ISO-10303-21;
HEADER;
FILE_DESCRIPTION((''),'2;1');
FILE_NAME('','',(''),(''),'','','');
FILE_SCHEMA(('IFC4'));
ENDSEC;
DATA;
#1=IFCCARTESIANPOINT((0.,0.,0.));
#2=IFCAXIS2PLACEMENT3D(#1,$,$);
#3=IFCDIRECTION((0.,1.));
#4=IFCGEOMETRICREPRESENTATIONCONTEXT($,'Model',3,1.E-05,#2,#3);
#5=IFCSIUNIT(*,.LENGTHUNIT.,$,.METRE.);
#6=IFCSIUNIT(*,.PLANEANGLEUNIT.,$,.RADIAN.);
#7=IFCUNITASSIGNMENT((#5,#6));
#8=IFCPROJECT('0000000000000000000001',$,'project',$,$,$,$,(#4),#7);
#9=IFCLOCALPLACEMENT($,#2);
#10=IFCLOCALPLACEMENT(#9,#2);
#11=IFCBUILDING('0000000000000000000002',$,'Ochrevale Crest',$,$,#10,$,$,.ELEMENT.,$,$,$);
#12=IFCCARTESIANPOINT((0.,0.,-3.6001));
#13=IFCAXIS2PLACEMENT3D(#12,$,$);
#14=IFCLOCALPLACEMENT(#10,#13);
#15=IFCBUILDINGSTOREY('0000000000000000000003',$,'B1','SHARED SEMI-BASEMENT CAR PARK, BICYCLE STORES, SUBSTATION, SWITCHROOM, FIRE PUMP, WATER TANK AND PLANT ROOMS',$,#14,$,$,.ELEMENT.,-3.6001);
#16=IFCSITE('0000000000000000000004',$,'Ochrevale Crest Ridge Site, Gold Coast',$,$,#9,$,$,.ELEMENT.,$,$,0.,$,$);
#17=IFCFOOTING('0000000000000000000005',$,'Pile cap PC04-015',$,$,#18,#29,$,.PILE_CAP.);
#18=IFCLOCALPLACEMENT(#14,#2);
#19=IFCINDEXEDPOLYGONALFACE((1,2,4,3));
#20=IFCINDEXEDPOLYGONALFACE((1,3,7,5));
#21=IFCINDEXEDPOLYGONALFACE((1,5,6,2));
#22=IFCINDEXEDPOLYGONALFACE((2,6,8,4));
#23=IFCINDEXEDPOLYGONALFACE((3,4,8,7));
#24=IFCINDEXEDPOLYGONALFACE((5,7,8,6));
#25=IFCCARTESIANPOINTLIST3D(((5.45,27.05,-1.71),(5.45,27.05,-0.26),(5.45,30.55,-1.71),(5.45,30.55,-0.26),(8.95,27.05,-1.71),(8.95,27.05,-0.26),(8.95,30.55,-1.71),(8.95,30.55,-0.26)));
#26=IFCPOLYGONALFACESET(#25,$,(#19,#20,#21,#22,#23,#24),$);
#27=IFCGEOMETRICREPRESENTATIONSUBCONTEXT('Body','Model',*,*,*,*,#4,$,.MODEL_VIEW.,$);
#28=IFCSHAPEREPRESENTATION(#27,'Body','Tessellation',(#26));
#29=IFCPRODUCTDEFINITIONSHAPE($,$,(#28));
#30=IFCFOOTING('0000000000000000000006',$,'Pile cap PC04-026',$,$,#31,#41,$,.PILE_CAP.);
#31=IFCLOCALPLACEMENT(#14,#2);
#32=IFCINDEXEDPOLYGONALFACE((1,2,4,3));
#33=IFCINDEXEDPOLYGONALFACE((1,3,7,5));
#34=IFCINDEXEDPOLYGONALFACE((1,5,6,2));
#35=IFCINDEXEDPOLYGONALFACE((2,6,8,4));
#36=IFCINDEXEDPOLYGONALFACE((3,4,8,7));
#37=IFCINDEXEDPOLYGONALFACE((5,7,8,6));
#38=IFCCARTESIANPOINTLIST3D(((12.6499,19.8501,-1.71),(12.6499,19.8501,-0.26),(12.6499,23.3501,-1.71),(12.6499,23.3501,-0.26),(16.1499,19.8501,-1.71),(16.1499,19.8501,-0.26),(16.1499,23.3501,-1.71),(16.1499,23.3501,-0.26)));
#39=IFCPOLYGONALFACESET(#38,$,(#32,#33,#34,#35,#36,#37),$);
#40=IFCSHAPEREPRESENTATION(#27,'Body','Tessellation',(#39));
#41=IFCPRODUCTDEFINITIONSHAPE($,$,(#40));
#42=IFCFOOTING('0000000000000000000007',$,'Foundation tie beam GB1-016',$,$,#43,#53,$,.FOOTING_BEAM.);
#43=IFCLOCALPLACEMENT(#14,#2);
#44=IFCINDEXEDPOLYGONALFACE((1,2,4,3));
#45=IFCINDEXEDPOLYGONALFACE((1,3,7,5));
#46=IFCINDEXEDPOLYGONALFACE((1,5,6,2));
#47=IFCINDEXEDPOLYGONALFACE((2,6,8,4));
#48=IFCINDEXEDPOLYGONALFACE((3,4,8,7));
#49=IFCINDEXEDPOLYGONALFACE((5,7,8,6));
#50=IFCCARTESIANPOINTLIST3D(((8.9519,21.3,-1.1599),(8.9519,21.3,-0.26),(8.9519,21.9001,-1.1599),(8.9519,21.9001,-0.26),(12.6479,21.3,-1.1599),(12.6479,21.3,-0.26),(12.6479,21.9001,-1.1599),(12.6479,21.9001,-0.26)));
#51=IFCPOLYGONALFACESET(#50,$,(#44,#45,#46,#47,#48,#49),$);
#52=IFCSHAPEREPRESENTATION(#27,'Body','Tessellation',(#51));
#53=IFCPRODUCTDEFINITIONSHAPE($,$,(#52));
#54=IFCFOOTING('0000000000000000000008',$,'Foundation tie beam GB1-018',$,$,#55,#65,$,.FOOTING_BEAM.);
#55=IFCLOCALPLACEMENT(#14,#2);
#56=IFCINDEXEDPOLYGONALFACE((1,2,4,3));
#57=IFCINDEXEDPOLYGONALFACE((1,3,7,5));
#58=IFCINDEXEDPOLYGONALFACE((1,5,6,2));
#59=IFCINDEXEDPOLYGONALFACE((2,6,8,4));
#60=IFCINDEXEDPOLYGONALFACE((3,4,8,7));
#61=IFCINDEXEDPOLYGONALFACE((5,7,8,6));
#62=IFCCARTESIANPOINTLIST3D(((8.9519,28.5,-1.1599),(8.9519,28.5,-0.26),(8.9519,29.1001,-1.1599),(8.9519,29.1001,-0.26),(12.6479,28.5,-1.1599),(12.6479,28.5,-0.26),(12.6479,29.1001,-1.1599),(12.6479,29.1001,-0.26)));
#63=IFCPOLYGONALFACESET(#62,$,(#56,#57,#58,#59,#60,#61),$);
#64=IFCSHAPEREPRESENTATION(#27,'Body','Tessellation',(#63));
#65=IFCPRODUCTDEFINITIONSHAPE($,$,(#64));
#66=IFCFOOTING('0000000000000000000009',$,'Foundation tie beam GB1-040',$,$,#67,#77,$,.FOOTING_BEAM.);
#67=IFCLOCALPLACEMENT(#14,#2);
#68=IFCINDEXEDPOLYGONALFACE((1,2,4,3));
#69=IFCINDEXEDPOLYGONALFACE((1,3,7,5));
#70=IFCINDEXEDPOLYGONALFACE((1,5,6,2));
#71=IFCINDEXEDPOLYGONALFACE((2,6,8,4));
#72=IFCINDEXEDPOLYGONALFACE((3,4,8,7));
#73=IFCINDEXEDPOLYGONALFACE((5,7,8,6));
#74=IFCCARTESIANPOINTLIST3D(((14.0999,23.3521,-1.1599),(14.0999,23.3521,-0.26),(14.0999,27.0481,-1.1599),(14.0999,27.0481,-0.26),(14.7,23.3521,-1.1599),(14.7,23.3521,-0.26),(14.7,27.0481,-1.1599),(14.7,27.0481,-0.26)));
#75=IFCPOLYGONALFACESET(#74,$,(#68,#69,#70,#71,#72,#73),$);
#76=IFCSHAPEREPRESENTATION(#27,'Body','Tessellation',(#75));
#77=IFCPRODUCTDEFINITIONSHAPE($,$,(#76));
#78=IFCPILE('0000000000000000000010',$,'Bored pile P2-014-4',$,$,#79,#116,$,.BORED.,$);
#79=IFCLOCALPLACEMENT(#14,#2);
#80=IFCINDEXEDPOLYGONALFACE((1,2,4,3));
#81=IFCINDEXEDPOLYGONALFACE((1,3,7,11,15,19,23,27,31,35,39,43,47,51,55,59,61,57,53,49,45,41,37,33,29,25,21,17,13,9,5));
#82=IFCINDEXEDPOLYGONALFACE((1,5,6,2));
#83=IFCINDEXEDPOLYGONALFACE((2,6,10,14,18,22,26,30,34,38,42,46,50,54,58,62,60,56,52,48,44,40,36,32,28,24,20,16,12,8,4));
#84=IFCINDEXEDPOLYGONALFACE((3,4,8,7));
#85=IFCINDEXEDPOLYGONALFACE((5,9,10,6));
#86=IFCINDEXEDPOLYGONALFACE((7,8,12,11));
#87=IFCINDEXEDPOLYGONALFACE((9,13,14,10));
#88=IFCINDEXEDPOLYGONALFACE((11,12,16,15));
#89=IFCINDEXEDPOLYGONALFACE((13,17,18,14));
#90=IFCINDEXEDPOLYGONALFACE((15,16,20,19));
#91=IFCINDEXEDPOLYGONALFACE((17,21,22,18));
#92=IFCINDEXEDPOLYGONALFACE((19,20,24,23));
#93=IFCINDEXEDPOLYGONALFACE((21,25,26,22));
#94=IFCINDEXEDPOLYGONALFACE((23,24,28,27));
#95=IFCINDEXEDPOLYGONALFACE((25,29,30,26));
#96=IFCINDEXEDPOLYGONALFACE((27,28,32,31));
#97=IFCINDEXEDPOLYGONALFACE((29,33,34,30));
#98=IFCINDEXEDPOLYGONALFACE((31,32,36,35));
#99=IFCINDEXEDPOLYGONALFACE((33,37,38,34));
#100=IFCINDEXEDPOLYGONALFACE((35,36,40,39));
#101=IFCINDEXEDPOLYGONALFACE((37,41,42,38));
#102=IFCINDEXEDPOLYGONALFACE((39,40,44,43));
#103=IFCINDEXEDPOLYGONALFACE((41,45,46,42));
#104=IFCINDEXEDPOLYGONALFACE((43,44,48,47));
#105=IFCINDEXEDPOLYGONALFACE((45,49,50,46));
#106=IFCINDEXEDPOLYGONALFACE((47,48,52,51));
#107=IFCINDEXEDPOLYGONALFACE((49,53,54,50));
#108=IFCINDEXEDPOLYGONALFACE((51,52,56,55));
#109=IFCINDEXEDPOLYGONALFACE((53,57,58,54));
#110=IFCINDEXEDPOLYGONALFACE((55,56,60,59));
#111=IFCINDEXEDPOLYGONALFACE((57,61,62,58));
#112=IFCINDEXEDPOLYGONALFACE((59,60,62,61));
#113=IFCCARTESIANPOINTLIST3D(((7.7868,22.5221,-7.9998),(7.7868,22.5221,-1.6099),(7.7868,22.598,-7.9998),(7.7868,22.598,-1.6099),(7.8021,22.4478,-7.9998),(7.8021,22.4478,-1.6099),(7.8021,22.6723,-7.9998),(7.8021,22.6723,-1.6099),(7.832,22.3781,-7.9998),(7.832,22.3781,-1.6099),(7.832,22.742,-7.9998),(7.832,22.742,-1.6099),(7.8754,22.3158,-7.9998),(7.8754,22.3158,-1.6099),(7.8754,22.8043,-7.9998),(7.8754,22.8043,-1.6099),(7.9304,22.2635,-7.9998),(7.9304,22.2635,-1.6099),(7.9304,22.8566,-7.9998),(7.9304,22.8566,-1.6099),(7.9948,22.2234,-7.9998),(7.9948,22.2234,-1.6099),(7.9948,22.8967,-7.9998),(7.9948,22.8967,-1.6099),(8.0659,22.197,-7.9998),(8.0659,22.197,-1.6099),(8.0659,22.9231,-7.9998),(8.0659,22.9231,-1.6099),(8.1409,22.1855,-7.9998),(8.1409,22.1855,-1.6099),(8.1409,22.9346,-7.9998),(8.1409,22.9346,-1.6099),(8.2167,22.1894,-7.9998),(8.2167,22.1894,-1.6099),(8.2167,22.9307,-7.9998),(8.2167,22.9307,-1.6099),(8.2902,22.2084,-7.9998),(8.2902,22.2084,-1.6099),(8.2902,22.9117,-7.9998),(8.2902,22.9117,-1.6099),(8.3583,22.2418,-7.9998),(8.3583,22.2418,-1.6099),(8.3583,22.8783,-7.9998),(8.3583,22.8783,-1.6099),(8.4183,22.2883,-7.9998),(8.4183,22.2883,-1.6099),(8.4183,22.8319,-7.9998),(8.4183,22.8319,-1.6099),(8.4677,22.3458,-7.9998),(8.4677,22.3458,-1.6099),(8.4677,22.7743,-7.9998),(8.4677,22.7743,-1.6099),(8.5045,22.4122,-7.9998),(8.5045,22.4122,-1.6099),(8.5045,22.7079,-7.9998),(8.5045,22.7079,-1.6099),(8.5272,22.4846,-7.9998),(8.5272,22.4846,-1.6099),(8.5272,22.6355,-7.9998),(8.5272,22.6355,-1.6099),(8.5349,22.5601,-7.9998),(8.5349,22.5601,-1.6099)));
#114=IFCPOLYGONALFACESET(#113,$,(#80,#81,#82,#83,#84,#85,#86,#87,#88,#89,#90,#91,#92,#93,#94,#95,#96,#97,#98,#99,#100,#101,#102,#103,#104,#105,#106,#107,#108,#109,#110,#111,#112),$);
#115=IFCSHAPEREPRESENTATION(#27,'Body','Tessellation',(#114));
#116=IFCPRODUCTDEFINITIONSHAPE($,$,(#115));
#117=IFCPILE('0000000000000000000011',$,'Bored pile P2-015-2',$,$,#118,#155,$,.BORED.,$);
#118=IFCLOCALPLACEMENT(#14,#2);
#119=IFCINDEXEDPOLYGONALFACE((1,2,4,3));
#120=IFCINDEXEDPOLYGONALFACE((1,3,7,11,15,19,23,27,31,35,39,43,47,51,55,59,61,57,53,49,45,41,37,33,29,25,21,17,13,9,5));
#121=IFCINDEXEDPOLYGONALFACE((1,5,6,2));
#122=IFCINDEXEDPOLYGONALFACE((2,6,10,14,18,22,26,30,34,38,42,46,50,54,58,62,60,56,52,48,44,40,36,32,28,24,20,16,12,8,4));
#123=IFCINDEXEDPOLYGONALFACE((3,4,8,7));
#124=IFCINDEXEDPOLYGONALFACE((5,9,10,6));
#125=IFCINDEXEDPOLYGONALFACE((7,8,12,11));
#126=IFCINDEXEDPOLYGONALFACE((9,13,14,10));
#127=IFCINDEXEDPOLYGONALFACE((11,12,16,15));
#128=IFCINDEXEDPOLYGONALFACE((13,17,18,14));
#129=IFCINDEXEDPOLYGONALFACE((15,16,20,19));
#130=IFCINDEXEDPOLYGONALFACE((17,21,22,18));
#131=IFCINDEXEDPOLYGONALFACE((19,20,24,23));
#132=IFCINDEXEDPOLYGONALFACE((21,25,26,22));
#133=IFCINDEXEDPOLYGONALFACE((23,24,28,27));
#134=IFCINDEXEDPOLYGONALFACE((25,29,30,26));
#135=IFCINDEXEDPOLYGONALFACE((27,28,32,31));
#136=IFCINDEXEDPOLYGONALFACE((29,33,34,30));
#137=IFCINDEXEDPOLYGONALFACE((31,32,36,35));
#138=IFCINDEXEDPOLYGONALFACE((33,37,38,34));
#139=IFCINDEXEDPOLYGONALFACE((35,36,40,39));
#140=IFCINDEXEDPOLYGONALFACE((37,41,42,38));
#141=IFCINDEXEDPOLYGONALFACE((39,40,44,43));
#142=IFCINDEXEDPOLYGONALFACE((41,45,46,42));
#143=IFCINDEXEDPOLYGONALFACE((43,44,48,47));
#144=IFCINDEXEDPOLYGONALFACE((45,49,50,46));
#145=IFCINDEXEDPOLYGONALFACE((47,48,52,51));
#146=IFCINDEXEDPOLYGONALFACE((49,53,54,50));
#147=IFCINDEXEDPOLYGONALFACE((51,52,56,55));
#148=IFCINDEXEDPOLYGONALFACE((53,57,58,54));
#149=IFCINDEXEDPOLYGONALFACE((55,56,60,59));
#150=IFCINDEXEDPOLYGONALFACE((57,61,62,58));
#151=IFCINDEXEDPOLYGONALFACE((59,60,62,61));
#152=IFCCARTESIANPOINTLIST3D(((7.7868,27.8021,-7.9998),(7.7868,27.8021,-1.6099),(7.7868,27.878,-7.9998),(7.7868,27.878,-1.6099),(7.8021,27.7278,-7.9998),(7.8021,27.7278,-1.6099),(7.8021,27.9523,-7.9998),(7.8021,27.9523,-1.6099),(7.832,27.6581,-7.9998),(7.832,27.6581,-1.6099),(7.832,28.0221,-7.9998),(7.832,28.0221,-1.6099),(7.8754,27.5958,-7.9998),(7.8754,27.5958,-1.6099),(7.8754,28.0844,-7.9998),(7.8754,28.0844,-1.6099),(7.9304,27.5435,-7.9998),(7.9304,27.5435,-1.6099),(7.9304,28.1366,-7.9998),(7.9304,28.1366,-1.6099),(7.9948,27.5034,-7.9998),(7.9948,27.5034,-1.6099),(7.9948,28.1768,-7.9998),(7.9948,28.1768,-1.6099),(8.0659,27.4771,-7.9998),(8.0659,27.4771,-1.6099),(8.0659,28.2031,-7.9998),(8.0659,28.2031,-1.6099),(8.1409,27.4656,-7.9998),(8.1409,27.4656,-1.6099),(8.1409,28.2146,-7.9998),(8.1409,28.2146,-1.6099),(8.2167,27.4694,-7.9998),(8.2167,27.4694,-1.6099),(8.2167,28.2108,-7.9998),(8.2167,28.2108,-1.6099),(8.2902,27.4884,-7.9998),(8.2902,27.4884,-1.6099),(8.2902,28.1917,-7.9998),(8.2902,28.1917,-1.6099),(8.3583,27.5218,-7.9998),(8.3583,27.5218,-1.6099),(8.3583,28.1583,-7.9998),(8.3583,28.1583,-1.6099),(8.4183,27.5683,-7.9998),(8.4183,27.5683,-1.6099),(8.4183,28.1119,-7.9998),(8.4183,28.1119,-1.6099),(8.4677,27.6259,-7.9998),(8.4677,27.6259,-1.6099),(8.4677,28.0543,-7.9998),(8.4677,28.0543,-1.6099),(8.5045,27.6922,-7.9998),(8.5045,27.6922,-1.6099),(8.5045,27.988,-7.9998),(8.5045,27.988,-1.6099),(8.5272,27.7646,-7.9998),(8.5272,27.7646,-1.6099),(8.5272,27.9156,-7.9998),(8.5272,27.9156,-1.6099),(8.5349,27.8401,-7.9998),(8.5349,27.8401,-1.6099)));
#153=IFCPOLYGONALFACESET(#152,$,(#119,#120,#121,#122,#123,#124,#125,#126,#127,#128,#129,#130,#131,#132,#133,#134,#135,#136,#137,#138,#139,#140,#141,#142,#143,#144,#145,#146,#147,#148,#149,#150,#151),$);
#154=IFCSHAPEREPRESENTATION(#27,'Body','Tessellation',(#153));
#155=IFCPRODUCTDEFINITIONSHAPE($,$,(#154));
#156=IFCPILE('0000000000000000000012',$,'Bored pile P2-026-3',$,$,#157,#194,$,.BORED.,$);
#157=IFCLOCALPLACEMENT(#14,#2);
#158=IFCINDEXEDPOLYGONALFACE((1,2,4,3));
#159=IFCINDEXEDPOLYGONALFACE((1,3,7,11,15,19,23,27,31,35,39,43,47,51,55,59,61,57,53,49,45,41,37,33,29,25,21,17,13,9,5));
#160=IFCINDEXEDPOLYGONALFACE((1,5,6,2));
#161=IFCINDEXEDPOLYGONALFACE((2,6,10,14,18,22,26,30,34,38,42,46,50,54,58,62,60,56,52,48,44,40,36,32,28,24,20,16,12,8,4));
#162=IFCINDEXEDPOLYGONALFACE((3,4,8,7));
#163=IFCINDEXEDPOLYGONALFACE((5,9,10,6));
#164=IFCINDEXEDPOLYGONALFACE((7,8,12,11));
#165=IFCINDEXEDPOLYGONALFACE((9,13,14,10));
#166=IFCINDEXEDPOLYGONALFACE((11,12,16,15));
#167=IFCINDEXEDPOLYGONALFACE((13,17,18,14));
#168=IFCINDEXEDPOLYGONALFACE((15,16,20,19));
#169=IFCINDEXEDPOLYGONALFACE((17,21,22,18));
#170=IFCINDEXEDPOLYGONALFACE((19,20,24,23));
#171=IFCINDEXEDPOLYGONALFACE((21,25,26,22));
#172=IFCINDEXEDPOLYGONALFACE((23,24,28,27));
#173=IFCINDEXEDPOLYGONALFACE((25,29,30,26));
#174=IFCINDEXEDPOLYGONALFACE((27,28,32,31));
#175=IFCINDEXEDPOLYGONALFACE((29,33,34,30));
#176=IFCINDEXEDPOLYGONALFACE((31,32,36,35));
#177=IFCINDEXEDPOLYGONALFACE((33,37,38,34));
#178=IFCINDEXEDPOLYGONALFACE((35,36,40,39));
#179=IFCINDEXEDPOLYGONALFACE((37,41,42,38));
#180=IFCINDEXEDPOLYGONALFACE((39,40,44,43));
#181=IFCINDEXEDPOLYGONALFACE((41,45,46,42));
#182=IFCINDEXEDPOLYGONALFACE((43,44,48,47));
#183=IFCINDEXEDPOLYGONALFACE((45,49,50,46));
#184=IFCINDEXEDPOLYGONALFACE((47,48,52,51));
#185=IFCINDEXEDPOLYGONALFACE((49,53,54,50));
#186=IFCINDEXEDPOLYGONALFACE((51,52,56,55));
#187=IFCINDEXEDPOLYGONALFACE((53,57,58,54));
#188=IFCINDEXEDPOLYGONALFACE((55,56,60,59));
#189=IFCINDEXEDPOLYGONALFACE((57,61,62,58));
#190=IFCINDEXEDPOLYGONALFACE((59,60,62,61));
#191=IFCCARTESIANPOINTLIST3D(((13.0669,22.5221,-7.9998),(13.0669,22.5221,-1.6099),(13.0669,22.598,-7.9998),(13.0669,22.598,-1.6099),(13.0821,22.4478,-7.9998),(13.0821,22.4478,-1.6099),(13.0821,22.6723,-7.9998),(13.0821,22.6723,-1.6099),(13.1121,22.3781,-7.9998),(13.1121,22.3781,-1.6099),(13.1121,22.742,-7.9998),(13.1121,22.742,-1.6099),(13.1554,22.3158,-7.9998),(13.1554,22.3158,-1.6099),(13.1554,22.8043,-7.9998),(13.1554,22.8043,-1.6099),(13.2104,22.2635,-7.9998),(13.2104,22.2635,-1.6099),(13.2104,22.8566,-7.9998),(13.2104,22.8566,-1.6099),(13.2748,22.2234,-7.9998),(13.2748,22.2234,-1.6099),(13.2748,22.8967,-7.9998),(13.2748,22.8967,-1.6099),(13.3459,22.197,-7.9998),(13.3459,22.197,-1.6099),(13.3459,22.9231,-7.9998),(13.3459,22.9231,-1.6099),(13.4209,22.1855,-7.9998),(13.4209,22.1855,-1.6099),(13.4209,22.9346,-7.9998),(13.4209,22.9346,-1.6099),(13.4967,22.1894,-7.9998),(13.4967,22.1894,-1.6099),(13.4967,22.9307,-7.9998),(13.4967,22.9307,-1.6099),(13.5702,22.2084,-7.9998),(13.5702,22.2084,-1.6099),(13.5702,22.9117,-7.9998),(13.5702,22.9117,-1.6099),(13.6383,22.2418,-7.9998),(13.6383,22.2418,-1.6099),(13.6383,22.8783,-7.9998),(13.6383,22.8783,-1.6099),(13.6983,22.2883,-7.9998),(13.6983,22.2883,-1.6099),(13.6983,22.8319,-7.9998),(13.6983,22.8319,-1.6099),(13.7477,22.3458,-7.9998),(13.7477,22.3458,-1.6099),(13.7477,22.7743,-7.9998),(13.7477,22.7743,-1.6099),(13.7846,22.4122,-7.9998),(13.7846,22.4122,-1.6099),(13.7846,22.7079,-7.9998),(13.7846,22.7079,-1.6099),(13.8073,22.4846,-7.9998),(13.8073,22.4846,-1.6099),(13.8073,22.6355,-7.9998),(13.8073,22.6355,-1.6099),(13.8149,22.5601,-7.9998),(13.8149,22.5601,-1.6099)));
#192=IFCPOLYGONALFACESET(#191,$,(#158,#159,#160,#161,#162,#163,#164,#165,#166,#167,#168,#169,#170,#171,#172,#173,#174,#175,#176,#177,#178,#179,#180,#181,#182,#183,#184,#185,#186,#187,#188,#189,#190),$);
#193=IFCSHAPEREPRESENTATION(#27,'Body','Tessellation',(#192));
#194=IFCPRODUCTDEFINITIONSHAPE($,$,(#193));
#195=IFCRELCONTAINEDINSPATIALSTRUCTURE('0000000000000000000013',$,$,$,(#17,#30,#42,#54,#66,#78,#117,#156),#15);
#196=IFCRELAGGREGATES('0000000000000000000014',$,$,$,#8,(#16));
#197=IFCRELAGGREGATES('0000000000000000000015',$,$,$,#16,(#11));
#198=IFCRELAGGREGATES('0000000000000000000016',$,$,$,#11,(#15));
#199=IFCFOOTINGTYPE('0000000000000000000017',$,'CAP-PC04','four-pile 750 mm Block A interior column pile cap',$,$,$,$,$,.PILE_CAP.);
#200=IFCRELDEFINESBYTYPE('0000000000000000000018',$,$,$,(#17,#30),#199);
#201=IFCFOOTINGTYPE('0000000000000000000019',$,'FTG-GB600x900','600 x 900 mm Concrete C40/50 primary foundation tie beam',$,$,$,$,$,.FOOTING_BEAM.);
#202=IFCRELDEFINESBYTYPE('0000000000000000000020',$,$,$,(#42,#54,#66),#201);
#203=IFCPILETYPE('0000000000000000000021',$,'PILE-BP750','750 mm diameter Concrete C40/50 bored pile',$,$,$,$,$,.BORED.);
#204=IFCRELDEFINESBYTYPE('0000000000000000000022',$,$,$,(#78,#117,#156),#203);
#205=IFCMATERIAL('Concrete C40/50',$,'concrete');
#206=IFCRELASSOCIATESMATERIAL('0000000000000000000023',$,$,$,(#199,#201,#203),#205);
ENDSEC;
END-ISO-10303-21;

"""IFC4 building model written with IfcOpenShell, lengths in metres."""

from ifc_helpers import new_model, si_unit, direction, frame, origin, origin_2d, place, context, subcontext, project, spatial, rectangle, circle, extrude, material, material_profile, profile_set, type_object, element, save


model = new_model("IFC4")

# Units and contexts
model_context = context("Model", 3, precision=1e-05, world=origin(), true_north=direction((0.0, 1.0)))
body_context = subcontext(model_context, "Body", "Model", "MODEL_VIEW")
ifc_project = project(units=[si_unit("LENGTHUNIT", "METRE"), si_unit("PLANEANGLEUNIT", "RADIAN")], contexts=[model_context])

# Site, building, storey
site_placement = place(None, origin())
site = spatial("IfcSite", under=ifc_project, at=site_placement, Name="Ochrevale Crest Ridge Site, Gold Coast", CompositionType="ELEMENT", RefElevation=0.0)
building_placement = place(site_placement, origin())
building = spatial("IfcBuilding", under=site, at=building_placement, Name="Ochrevale Crest", CompositionType="ELEMENT")
storey_placement = place(building_placement, frame((0.0, 0.0, -3.6001)))
storey = spatial("IfcBuildingStorey", under=building, at=storey_placement, Name="B1", Description="SHARED SEMI-BASEMENT CAR PARK, BICYCLE STORES, SUBSTATION, SWITCHROOM, FIRE PUMP, WATER TANK AND PLANT ROOMS", CompositionType="ELEMENT", Elevation=-3.6001)

# Footings
ifc_material_1 = material(Name="Concrete C40/50", Category="concrete")
footing_type_1 = type_object("IfcFootingType", Name="CAP-PC04", Description="four-pile 750 mm Block A interior column pile cap", PredefinedType="PILE_CAP", material=ifc_material_1)
for number, where, z_axis, x_axis, name in (
    (1, (7.2, 28.8, -1.71), (0.0, 0.0, 1.0), (1.0, 0.0, 0.0), "Pile cap PC04-015"),
    (2, (14.3999, 21.6001, -1.71), (0.0, 0.0, 1.0), (1.0, 0.0, 0.0), "Pile cap PC04-026"),
):
    element("IfcFooting", number, at=place(storey_placement, frame(where, z_axis=z_axis, x_axis=x_axis)), inside=storey, type_object=footing_type_1, Name=name, PredefinedType="PILE_CAP", context=body_context, shape_type="SweptSolid", body=[
        extrude(rectangle(XDim=3.5, YDim=3.5, at=origin_2d()), origin(), (0.0, 0.0, 1.0), 1.45),
    ])
ifc_material_profile_1 = material_profile(ifc_material_1, rectangle(XDim=0.6001, YDim=0.8999, at=origin_2d()), Name="GB 600x900")
ifc_profile_set_1 = profile_set([ifc_material_profile_1], Name="Concrete C40/50")
footing_type_2 = type_object("IfcFootingType", Name="FTG-GB600x900", Description="600 x 900 mm Concrete C40/50 primary foundation tie beam", PredefinedType="FOOTING_BEAM", material=ifc_profile_set_1)
for number, where, z_axis, x_axis, name in (
    (3, (8.9519, 21.6001, -0.71), (1.0, 0.0, 0.0), (0.0, 1.0, 0.0), "Foundation tie beam GB1-016"),
    (4, (8.9519, 28.8, -0.71), (1.0, 0.0, 0.0), (0.0, 1.0, 0.0), "Foundation tie beam GB1-018"),
    (5, (14.3999, 23.3521, -0.71), (0.0, 1.0, 0.0), (-1.0, 0.0, 0.0), "Foundation tie beam GB1-040"),
):
    element("IfcFooting", number, at=place(storey_placement, frame(where, z_axis=z_axis, x_axis=x_axis)), inside=storey, type_object=footing_type_2, Name=name, PredefinedType="FOOTING_BEAM", context=body_context, shape_type="SweptSolid", body=[
        extrude(rectangle(XDim=0.6001, YDim=0.8999, at=origin_2d()), origin(), (0.0, 0.0, 1.0), 3.696),
    ])

# Piles
ifc_material_profile_2 = material_profile(ifc_material_1, circle(Radius=0.375, at=origin_2d()), Name="BORED PILE 750")
ifc_profile_set_2 = profile_set([ifc_material_profile_2], Name="Concrete C40/50")
pile_type = type_object("IfcPileType", Name="PILE-BP750", Description="750 mm diameter Concrete C40/50 bored pile", PredefinedType="BORED", material=ifc_profile_set_2)
for number, where, z_axis, x_axis, name in (
    (6, (8.1599, 22.5601, -1.6099), (0.0, 0.0, -1.0), (1.0, 0.0, 0.0), "Bored pile P2-014-4"),
    (7, (8.1599, 27.8401, -1.6099), (0.0, 0.0, -1.0), (1.0, 0.0, 0.0), "Bored pile P2-015-2"),
    (8, (13.4399, 22.5601, -1.6099), (0.0, 0.0, -1.0), (1.0, 0.0, 0.0), "Bored pile P2-026-3"),
):
    element("IfcPile", number, at=place(storey_placement, frame(where, z_axis=z_axis, x_axis=x_axis)), inside=storey, type_object=pile_type, Name=name, PredefinedType="BORED", context=body_context, shape_type="SweptSolid", body=[
        extrude(circle(Radius=0.375, at=origin_2d()), origin(), (0.0, 0.0, 1.0), 6.3899),
    ])

save(model, "model.ifc")
